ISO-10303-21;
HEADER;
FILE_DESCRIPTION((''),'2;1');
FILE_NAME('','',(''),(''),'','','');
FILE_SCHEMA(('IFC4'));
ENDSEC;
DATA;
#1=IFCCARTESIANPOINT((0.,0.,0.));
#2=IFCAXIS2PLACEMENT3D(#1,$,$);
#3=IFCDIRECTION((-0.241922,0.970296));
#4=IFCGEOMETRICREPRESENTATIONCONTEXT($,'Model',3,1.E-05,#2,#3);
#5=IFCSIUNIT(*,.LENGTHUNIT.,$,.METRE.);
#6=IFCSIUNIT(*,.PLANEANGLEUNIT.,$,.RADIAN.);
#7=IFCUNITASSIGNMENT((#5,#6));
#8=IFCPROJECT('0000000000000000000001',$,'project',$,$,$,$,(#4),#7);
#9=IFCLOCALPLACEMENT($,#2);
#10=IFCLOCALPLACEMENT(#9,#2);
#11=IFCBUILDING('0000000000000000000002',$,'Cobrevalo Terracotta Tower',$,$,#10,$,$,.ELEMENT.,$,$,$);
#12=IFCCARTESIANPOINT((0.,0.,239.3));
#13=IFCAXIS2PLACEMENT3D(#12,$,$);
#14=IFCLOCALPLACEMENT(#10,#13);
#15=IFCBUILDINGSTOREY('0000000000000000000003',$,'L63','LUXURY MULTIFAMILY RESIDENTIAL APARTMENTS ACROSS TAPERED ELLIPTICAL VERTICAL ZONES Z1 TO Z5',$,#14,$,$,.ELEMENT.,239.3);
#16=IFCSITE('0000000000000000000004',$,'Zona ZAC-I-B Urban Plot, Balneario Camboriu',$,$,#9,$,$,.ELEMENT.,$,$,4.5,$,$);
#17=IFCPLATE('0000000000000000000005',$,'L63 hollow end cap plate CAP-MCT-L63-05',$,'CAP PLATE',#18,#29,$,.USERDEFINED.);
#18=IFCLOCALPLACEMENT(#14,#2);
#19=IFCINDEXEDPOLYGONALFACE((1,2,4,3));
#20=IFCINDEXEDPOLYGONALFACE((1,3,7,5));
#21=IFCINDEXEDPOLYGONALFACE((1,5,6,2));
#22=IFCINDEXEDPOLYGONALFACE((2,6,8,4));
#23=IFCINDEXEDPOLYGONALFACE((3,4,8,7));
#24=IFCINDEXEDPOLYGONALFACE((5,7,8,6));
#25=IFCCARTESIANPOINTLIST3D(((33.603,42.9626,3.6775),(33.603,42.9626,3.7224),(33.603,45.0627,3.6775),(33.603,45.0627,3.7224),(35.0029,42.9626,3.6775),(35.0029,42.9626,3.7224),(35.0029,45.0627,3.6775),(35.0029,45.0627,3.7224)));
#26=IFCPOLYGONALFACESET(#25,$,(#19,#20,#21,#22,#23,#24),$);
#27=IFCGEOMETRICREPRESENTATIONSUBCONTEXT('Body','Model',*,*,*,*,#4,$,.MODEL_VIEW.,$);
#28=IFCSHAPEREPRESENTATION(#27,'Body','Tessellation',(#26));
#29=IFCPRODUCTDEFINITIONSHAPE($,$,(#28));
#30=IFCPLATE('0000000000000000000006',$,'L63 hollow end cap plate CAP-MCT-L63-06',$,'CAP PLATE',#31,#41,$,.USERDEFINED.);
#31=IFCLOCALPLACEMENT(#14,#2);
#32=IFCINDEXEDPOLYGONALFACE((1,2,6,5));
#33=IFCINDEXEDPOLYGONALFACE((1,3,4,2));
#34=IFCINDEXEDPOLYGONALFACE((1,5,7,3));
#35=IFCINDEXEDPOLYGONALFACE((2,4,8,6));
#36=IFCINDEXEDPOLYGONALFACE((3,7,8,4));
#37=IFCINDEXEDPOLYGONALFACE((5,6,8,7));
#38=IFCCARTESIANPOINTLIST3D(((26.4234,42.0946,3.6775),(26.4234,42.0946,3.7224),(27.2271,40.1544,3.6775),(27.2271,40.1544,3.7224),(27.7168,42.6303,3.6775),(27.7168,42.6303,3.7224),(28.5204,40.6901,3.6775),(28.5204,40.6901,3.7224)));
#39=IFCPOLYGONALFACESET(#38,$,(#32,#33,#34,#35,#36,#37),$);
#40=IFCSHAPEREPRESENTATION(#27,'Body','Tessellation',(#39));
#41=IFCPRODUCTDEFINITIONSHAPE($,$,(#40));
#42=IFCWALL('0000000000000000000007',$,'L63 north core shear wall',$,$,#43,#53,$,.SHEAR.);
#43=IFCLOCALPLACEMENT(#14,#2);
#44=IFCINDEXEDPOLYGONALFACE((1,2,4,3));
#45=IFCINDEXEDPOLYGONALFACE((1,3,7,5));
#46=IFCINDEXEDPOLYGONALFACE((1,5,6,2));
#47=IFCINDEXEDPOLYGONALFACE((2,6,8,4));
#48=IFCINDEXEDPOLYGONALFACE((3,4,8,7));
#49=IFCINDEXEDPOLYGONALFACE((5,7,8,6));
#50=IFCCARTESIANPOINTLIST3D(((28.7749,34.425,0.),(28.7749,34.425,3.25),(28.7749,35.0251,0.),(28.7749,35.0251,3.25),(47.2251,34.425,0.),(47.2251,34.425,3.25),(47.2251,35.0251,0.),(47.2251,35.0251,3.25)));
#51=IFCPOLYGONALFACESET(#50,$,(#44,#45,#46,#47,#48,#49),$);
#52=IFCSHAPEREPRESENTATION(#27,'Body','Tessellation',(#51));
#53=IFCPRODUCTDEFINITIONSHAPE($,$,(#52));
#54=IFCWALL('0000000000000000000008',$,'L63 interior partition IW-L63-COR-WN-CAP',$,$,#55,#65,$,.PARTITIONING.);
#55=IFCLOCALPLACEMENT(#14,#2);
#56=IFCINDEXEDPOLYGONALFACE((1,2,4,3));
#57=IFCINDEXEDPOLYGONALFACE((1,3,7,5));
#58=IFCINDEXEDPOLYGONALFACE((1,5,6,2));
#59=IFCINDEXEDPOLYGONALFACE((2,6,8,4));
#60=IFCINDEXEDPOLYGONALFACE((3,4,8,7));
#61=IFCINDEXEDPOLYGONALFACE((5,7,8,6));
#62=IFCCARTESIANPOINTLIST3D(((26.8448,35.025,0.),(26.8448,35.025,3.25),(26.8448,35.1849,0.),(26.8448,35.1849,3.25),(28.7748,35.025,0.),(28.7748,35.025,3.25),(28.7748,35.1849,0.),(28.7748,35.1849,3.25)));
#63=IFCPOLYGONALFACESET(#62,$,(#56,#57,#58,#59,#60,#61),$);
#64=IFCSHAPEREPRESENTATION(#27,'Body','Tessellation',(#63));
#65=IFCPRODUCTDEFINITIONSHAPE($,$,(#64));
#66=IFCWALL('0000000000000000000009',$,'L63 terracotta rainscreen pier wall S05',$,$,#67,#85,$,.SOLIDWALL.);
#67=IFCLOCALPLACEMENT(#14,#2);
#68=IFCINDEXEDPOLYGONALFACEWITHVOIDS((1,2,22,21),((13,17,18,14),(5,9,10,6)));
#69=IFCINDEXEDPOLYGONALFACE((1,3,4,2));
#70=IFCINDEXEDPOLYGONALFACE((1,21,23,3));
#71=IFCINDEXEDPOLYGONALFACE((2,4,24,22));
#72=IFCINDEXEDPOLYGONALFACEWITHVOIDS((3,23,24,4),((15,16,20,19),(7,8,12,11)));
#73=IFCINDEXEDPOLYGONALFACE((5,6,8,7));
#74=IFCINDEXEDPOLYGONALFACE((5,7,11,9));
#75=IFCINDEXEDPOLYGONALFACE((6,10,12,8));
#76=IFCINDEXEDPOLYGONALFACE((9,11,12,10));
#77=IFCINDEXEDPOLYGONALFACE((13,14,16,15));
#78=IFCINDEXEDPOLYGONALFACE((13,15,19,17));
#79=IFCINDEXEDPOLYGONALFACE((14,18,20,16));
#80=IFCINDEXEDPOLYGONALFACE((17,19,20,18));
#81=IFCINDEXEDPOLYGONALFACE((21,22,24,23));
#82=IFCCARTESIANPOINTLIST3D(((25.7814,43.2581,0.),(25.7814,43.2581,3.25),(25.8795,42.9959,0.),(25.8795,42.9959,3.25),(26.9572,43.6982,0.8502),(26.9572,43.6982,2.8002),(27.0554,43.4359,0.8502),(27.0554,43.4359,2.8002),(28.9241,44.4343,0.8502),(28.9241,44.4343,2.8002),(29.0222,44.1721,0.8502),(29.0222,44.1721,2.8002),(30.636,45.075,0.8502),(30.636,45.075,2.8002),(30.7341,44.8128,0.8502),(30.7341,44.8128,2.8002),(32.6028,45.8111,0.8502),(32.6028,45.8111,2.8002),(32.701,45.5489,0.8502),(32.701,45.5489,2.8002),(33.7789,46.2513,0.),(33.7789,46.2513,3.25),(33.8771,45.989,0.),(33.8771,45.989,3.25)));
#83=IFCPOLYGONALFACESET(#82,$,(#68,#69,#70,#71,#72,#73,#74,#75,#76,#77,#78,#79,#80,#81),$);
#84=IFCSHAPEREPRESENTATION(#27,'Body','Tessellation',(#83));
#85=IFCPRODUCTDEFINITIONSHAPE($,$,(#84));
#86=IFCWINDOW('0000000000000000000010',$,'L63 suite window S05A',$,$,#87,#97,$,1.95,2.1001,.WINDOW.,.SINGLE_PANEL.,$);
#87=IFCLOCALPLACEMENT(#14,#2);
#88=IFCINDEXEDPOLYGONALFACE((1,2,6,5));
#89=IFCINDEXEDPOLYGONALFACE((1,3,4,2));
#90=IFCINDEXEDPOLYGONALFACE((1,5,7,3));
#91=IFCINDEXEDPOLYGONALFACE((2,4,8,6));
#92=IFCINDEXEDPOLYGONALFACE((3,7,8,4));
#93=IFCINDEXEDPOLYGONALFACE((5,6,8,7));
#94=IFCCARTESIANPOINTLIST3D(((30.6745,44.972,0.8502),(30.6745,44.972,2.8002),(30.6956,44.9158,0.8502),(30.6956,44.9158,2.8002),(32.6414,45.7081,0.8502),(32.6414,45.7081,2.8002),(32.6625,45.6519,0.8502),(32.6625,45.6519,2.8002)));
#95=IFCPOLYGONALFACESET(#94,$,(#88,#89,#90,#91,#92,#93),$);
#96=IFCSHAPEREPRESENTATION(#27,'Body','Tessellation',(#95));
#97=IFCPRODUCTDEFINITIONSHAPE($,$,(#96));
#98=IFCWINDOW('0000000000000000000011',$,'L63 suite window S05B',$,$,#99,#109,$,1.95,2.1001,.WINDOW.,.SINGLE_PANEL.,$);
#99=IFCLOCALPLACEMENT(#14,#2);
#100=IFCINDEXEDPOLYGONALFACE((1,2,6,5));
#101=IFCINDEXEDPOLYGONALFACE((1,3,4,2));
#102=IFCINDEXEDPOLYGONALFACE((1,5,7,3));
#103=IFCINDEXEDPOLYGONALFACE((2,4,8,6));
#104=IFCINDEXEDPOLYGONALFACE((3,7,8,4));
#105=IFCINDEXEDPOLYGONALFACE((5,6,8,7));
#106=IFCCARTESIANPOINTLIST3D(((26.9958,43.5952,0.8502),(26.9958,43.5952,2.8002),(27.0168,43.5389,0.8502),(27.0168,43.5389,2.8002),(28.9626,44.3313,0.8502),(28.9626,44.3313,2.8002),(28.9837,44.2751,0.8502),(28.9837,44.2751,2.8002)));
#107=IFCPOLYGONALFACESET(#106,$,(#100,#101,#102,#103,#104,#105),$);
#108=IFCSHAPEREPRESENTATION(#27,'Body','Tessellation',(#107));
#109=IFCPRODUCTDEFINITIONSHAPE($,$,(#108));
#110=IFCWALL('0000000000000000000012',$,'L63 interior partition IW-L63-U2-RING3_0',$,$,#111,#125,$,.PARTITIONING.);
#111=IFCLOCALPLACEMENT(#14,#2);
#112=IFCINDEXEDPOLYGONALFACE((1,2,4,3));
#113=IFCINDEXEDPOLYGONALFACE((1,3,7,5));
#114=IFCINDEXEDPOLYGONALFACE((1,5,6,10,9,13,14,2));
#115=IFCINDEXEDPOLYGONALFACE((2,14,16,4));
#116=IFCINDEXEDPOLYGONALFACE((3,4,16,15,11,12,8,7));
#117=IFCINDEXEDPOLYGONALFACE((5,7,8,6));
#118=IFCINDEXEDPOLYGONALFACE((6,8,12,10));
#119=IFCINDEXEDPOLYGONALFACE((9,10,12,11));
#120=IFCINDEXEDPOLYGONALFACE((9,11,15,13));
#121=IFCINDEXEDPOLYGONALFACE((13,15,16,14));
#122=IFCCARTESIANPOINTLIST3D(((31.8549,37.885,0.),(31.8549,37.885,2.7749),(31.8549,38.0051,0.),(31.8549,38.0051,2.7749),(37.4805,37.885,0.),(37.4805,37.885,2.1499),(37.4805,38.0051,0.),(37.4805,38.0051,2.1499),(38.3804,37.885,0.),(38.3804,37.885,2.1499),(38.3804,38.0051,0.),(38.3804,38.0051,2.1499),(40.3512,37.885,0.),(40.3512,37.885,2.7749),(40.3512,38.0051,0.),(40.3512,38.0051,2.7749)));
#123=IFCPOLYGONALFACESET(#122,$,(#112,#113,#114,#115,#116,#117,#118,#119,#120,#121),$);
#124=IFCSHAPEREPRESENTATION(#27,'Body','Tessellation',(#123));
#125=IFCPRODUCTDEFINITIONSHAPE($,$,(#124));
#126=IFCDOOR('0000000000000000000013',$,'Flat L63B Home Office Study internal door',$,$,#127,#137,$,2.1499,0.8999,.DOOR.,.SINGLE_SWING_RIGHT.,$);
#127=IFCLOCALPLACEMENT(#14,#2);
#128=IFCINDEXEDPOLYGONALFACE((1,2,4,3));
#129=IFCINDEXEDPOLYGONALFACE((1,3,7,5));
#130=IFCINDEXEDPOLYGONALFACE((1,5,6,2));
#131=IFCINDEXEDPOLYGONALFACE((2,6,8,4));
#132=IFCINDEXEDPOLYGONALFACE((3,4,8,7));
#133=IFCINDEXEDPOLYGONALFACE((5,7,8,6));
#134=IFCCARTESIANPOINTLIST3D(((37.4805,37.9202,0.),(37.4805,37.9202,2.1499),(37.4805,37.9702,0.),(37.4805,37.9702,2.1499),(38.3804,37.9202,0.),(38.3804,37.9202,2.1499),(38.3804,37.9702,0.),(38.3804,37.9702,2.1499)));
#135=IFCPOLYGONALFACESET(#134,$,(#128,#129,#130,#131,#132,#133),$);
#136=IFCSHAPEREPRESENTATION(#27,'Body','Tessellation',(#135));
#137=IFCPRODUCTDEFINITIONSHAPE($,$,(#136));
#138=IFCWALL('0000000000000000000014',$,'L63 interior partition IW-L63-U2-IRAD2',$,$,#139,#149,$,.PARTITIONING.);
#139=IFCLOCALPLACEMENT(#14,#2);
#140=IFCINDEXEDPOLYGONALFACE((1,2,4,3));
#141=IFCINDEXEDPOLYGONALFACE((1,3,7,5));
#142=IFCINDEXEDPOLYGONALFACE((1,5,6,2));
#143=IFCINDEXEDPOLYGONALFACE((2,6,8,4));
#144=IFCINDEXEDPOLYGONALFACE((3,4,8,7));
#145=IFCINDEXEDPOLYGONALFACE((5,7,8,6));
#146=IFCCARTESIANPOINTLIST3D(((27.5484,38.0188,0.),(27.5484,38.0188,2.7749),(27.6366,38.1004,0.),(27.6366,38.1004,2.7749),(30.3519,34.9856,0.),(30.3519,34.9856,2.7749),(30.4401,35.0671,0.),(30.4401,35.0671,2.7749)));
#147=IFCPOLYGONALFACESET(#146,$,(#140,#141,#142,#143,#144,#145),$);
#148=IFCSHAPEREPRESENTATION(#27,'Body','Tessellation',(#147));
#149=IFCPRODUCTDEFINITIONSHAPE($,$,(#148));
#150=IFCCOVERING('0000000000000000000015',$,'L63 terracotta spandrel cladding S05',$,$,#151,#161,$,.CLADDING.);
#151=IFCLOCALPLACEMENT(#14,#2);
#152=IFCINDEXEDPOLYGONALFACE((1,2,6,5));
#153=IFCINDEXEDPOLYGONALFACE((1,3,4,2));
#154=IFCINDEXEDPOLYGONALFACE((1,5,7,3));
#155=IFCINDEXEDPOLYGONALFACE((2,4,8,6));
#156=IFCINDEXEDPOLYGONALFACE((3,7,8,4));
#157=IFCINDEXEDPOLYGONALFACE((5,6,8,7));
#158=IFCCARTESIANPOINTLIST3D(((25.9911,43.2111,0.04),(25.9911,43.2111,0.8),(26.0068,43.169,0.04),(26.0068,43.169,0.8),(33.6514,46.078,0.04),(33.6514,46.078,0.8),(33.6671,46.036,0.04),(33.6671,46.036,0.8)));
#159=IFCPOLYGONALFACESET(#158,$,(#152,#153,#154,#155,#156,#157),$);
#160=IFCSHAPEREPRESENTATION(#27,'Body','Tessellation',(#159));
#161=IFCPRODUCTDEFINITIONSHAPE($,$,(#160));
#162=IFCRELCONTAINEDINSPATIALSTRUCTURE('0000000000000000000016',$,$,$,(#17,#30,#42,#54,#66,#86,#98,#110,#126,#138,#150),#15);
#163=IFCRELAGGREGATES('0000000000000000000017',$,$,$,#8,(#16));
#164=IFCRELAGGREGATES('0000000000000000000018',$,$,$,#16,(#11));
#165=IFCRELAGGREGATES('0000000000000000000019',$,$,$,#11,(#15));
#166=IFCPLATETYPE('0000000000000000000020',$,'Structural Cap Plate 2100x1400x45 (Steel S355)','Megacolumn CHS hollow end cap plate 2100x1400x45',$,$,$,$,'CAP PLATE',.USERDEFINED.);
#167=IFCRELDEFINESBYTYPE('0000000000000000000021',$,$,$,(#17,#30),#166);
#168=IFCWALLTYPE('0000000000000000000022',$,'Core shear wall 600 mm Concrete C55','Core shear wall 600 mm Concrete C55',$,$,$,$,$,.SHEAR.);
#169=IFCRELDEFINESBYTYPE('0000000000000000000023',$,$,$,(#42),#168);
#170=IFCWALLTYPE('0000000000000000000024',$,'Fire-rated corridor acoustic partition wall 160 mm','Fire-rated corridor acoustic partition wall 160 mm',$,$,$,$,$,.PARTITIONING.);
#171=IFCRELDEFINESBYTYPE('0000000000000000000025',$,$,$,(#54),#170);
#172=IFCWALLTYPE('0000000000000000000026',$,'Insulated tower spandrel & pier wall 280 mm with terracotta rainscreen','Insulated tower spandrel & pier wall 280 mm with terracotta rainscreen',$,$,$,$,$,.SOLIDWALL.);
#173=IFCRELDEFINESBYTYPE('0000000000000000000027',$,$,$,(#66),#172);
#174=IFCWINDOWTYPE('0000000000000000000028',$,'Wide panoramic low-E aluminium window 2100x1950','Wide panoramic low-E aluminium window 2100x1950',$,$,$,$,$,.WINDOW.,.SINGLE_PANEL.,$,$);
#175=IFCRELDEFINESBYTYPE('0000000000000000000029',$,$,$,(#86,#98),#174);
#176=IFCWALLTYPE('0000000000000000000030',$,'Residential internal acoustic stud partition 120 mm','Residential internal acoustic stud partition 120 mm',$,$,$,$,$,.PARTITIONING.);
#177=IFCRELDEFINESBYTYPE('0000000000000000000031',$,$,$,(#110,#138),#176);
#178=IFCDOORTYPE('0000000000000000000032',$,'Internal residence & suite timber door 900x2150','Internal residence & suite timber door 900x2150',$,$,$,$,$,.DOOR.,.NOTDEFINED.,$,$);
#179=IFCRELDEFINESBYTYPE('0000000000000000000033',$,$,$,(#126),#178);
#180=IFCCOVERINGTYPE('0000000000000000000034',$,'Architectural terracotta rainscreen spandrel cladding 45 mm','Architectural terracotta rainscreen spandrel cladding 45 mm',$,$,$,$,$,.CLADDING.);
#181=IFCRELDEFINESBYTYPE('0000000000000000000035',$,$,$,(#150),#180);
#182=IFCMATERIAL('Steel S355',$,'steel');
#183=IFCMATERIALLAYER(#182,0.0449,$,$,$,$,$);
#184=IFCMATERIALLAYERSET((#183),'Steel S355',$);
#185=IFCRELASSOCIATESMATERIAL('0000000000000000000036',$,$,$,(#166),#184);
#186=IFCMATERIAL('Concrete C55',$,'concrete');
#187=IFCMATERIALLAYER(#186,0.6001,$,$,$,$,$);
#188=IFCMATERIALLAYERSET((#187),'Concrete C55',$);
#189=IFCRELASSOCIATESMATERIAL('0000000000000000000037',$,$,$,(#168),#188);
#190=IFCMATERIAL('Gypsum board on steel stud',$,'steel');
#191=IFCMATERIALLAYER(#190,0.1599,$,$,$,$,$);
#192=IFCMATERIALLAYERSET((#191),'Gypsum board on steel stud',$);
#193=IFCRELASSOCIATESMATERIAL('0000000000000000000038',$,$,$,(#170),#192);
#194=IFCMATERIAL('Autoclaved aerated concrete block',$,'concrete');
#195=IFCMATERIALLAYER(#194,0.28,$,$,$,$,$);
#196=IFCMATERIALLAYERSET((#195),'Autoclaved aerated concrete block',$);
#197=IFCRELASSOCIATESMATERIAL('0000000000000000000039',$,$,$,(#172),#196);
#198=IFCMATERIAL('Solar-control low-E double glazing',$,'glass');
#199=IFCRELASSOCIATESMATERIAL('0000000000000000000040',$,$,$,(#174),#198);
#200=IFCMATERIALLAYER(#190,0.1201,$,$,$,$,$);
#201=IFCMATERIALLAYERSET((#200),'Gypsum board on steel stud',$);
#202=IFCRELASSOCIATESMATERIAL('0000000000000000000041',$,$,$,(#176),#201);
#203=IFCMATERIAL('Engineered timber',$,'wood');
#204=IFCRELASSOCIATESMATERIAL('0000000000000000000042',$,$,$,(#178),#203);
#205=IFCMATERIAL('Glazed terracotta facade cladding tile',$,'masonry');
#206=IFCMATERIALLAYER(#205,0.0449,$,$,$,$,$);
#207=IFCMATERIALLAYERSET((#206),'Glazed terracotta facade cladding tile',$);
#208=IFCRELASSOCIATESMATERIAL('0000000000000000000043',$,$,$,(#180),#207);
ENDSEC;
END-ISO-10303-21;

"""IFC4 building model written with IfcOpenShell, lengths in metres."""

from ifc_helpers import new_model, si_unit, direction, frame, frame_2d, origin, origin_2d, place, context, subcontext, project, spatial, rectangle, extrude, source, transform, mapped, material, layer, layer_set, type_object, element, fill, save


model = new_model("IFC4")

# Units and contexts
model_context = context("Model", 3, precision=1e-05, world=origin(), true_north=direction((-0.241922, 0.970296)))
body_context = subcontext(model_context, "Body", "Model", "MODEL_VIEW")
ifc_project = project(units=[si_unit("LENGTHUNIT", "METRE"), si_unit("PLANEANGLEUNIT", "RADIAN")], contexts=[model_context])

# Site, building, storey
site_placement = place(None, origin())
site = spatial("IfcSite", under=ifc_project, at=site_placement, Name="Zona ZAC-I-B Urban Plot, Balneario Camboriu", CompositionType="ELEMENT", RefElevation=4.5)
building_placement = place(site_placement, origin())
building = spatial("IfcBuilding", under=site, at=building_placement, Name="Cobrevalo Terracotta Tower", CompositionType="ELEMENT")
storey_placement = place(building_placement, frame((0.0, 0.0, 239.3)))
storey = spatial("IfcBuildingStorey", under=building, at=storey_placement, Name="L63", Description="LUXURY MULTIFAMILY RESIDENTIAL APARTMENTS ACROSS TAPERED ELLIPTICAL VERTICAL ZONES Z1 TO Z5", CompositionType="ELEMENT", Elevation=239.3)

# Shared definitions
ifc_material_1 = material(Name="Steel S355", Category="steel")

# Plates
ifc_layer_1 = layer(ifc_material_1, 0.0449)
ifc_layer_set_1 = layer_set([ifc_layer_1], Name="Steel S355")
plate_type = type_object("IfcPlateType", Name="Structural Cap Plate 2100x1400x45 (Steel S355)", Description="Megacolumn CHS hollow end cap plate 2100x1400x45", ElementType="CAP PLATE", PredefinedType="USERDEFINED", material=ifc_layer_set_1)
shared_shape_1 = source(origin(), body_context, "Body", "SweptSolid", [
    extrude(rectangle(XDim=2.1001, YDim=1.3999, at=origin_2d()), origin(), (0.0, 0.0, 1.0), 0.0449),
])
for number, where, z_axis, x_axis, name in (
    (1, (34.303, 44.0127, 3.6775), (0.0, 0.0, 1.0), (0.0, 1.0, 0.0), "L63 hollow end cap plate CAP-MCT-L63-05"),
    (2, (27.4719, 41.3923, 3.6775), (0.0, 0.0, 1.0), (-0.382683, 0.92388, 0.0), "L63 hollow end cap plate CAP-MCT-L63-06"),
):
    element("IfcPlate", number, at=place(storey_placement, frame(where, z_axis=z_axis, x_axis=x_axis)), inside=storey, type_object=plate_type, Name=name, ObjectType="CAP PLATE", PredefinedType="USERDEFINED", context=body_context, shape_type="MappedRepresentation", body=[
        mapped(shared_shape_1, transform((0.0, 0.0, 0.0), scale=1.0)),
    ])

# Walls
ifc_material_2 = material(Name="Concrete C55", Category="concrete")
ifc_layer_2 = layer(ifc_material_2, 0.6001)
ifc_layer_set_2 = layer_set([ifc_layer_2], Name="Concrete C55")
wall_type_1 = type_object("IfcWallType", Name="Core shear wall 600 mm Concrete C55", Description="Core shear wall 600 mm Concrete C55", PredefinedType="SHEAR", material=ifc_layer_set_2)
wall_1_placement = place(storey_placement, frame((28.7749, 34.7251, 0.0), z_axis=(0.0, 0.0, 1.0), x_axis=(1.0, 0.0, 0.0)))
element("IfcWall", 3, at=wall_1_placement, inside=storey, type_object=wall_type_1, Name="L63 north core shear wall", PredefinedType="SHEAR", context=body_context, shape_type="SweptSolid", body=[
    extrude(rectangle(XDim=18.4502, YDim=0.6001, at=frame_2d((9.2251, 0.0))), origin(), (0.0, 0.0, 1.0), 3.25),
])
ifc_material_3 = material(Name="Gypsum board on steel stud", Category="steel")
ifc_layer_3 = layer(ifc_material_3, 0.1599)
ifc_layer_set_3 = layer_set([ifc_layer_3], Name="Gypsum board on steel stud")
wall_type_2 = type_object("IfcWallType", Name="Fire-rated corridor acoustic partition wall 160 mm", Description="Fire-rated corridor acoustic partition wall 160 mm", PredefinedType="PARTITIONING", material=ifc_layer_set_3)
wall_2_placement = place(storey_placement, frame((26.845, 35.105, 0.0), z_axis=(0.0, 0.0, 1.0), x_axis=(1.0, 0.0, 0.0)))
element("IfcWall", 4, at=wall_2_placement, inside=storey, type_object=wall_type_2, Name="L63 interior partition IW-L63-COR-WN-CAP", PredefinedType="PARTITIONING", context=body_context, shape_type="SweptSolid", body=[
    extrude(rectangle(XDim=1.9299, YDim=0.1599, at=frame_2d((0.9648, 0.0))), origin(), (0.0, 0.0, 1.0), 3.25),
])

# Wall, openings, windows
ifc_material_4 = material(Name="Autoclaved aerated concrete block", Category="concrete")
ifc_layer_4 = layer(ifc_material_4, 0.28)
ifc_layer_set_4 = layer_set([ifc_layer_4], Name="Autoclaved aerated concrete block")
wall_type_3 = type_object("IfcWallType", Name="Insulated tower spandrel & pier wall 280 mm with terracotta rainscreen", Description="Insulated tower spandrel & pier wall 280 mm with terracotta rainscreen", PredefinedType="SOLIDWALL", material=ifc_layer_set_4)
wall_3_placement = place(storey_placement, frame((33.8279, 46.1201, 0.0), z_axis=(0.0, 0.0, 1.0), x_axis=(-0.936557, -0.350516, 0.0)))
wall_3 = element("IfcWall", 5, at=wall_3_placement, inside=storey, type_object=wall_type_3, Name="L63 terracotta rainscreen pier wall S05", PredefinedType="SOLIDWALL", context=body_context, shape_type="SweptSolid", body=[
    extrude(rectangle(XDim=8.5393, YDim=0.28, at=frame_2d((4.2695, 0.0))), origin(), (0.0, 0.0, 1.0), 3.25),
])
opening_1_placement = place(wall_3_placement, frame((1.2556, 0.0, 0.8501)))
opening_1 = element("IfcOpeningElement", 6, at=opening_1_placement, cuts=wall_3, PredefinedType="OPENING", context=body_context, shape_type="SweptSolid", body=[
    extrude(rectangle(XDim=2.1001, YDim=1.95, at=frame_2d((1.05, 0.9751))), frame((0.0, 0.1499, 0.0), z_axis=(0.0, -1.0, 0.0), x_axis=(1.0, 0.0, 0.0)), (0.0, 0.0, 1.0), 0.3),
])
opening_2_placement = place(wall_3_placement, frame((5.1836, 0.0, 0.8501)))
opening_2 = element("IfcOpeningElement", 7, at=opening_2_placement, cuts=wall_3, PredefinedType="OPENING", context=body_context, shape_type="SweptSolid", body=[
    extrude(rectangle(XDim=2.1001, YDim=1.95, at=frame_2d((1.05, 0.9751))), frame((0.0, 0.1499, 0.0), z_axis=(0.0, -1.0, 0.0), x_axis=(1.0, 0.0, 0.0)), (0.0, 0.0, 1.0), 0.3),
])
ifc_material_5 = material(Name="Solar-control low-E double glazing", Category="glass")
window_type = type_object("IfcWindowType", Name="Wide panoramic low-E aluminium window 2100x1950", Description="Wide panoramic low-E aluminium window 2100x1950", PartitioningType="SINGLE_PANEL", PredefinedType="WINDOW", material=ifc_material_5)
shared_shape_2 = source(origin(), body_context, "Body", "SweptSolid", [
    extrude(rectangle(XDim=2.1001, YDim=1.95, at=frame_2d((1.05, 0.9751))), frame((0.0, 0.03, 0.0), z_axis=(0.0, -1.0, 0.0), x_axis=(1.0, 0.0, 0.0)), (0.0, 0.0, 1.0), 0.0601),
])
window_1_placement = place(opening_1_placement, origin())
window_1 = element("IfcWindow", 8, at=window_1_placement, inside=storey, type_object=window_type, Name="L63 suite window S05A", OverallHeight=1.95, OverallWidth=2.1001, PartitioningType="SINGLE_PANEL", PredefinedType="WINDOW", context=body_context, shape_type="MappedRepresentation", body=[
    mapped(shared_shape_2, transform((0.0, 0.0, 0.0), scale=1.0)),
])
fill(opening_1, window_1)
window_2_placement = place(opening_2_placement, origin())
window_2 = element("IfcWindow", 9, at=window_2_placement, inside=storey, type_object=window_type, Name="L63 suite window S05B", OverallHeight=1.95, OverallWidth=2.1001, PartitioningType="SINGLE_PANEL", PredefinedType="WINDOW", context=body_context, shape_type="MappedRepresentation", body=[
    mapped(shared_shape_2, transform((0.0, 0.0, 0.0), scale=1.0)),
])
fill(opening_2, window_2)

# Wall, opening, door
ifc_layer_5 = layer(ifc_material_3, 0.1201)
ifc_layer_set_5 = layer_set([ifc_layer_5], Name="Gypsum board on steel stud")
wall_type_4 = type_object("IfcWallType", Name="Residential internal acoustic stud partition 120 mm", Description="Residential internal acoustic stud partition 120 mm", PredefinedType="PARTITIONING", material=ifc_layer_set_5)
wall_4_placement = place(storey_placement, frame((31.855, 37.9451, 0.0), z_axis=(0.0, 0.0, 1.0), x_axis=(1.0, 0.0, 0.0)))
wall_4 = element("IfcWall", 10, at=wall_4_placement, inside=storey, type_object=wall_type_4, Name="L63 interior partition IW-L63-U2-RING3_0", PredefinedType="PARTITIONING", context=body_context, shape_type="SweptSolid", body=[
    extrude(rectangle(XDim=8.4963, YDim=0.1201, at=frame_2d((4.248, 0.0))), origin(), (0.0, 0.0, 1.0), 2.7749),
])
opening_3_placement = place(wall_4_placement, frame((5.6255, 0.0, 0.0)))
opening_3 = element("IfcOpeningElement", 11, at=opening_3_placement, cuts=wall_4, PredefinedType="OPENING", context=body_context, shape_type="SweptSolid", body=[
    extrude(rectangle(XDim=0.8999, YDim=2.1499, at=frame_2d((0.45, 1.075))), frame((0.0, 0.0701, 0.0), z_axis=(0.0, -1.0, 0.0), x_axis=(1.0, 0.0, 0.0)), (0.0, 0.0, 1.0), 0.1401),
])
ifc_material_6 = material(Name="Engineered timber", Category="wood")
door_type = type_object("IfcDoorType", Name="Internal residence & suite timber door 900x2150", Description="Internal residence & suite timber door 900x2150", OperationType="NOTDEFINED", PredefinedType="DOOR", material=ifc_material_6)
shared_shape_3 = source(origin(), body_context, "Body", "SweptSolid", [
    extrude(rectangle(XDim=0.8999, YDim=2.1499, at=frame_2d((0.45, 1.075))), frame((0.0, 0.0249, 0.0), z_axis=(0.0, -1.0, 0.0), x_axis=(1.0, 0.0, 0.0)), (0.0, 0.0, 1.0), 0.05),
])
door_placement = place(opening_3_placement, frame((0.8999, 0.0, 0.0), z_axis=(0.0, 0.0, 1.0), x_axis=(-1.0, 0.0, 0.0)))
door = element("IfcDoor", 12, at=door_placement, inside=storey, type_object=door_type, Name="Flat L63B Home Office Study internal door", OperationType="SINGLE_SWING_RIGHT", OverallHeight=2.1499, OverallWidth=0.8999, PredefinedType="DOOR", context=body_context, shape_type="MappedRepresentation", body=[
    mapped(shared_shape_3, transform((0.0, 0.0, 0.0), scale=1.0)),
])
fill(opening_3, door)

# Wall
wall_5_placement = place(storey_placement, frame((30.396, 35.0264, 0.0), z_axis=(0.0, 0.0, 1.0), x_axis=(-0.678749, 0.73437, 0.0)))
element("IfcWall", 13, at=wall_5_placement, inside=storey, type_object=wall_type_4, Name="L63 interior partition IW-L63-U2-IRAD2", PredefinedType="PARTITIONING", context=body_context, shape_type="SweptSolid", body=[
    extrude(rectangle(XDim=4.1304, YDim=0.1201, at=frame_2d((2.0652, 0.0))), origin(), (0.0, 0.0, 1.0), 2.7749),
])

# Covering
ifc_material_7 = material(Name="Glazed terracotta facade cladding tile", Category="masonry")
ifc_layer_6 = layer(ifc_material_7, 0.0449)
ifc_layer_set_6 = layer_set([ifc_layer_6], Name="Glazed terracotta facade cladding tile")
covering_type = type_object("IfcCoveringType", Name="Architectural terracotta rainscreen spandrel cladding 45 mm", Description="Architectural terracotta rainscreen spandrel cladding 45 mm", PredefinedType="CLADDING", material=ifc_layer_set_6)
shared_shape_4 = source(origin(), body_context, "Body", "SweptSolid", [
    extrude(rectangle(XDim=8.1792, YDim=0.0449, at=origin_2d()), origin(), (0.0, 0.0, 1.0), 0.76),
])
covering_placement = place(storey_placement, frame((29.8291, 44.6235, 0.04), z_axis=(0.0, 0.0, 1.0), x_axis=(-0.936558, -0.350513, 0.0)))
element("IfcCovering", 14, at=covering_placement, inside=storey, type_object=covering_type, Name="L63 terracotta spandrel cladding S05", PredefinedType="CLADDING", context=body_context, shape_type="MappedRepresentation", body=[
    mapped(shared_shape_4, transform((0.0, 0.0, 0.0), scale=1.0)),
])

save(model, "model.ifc")
